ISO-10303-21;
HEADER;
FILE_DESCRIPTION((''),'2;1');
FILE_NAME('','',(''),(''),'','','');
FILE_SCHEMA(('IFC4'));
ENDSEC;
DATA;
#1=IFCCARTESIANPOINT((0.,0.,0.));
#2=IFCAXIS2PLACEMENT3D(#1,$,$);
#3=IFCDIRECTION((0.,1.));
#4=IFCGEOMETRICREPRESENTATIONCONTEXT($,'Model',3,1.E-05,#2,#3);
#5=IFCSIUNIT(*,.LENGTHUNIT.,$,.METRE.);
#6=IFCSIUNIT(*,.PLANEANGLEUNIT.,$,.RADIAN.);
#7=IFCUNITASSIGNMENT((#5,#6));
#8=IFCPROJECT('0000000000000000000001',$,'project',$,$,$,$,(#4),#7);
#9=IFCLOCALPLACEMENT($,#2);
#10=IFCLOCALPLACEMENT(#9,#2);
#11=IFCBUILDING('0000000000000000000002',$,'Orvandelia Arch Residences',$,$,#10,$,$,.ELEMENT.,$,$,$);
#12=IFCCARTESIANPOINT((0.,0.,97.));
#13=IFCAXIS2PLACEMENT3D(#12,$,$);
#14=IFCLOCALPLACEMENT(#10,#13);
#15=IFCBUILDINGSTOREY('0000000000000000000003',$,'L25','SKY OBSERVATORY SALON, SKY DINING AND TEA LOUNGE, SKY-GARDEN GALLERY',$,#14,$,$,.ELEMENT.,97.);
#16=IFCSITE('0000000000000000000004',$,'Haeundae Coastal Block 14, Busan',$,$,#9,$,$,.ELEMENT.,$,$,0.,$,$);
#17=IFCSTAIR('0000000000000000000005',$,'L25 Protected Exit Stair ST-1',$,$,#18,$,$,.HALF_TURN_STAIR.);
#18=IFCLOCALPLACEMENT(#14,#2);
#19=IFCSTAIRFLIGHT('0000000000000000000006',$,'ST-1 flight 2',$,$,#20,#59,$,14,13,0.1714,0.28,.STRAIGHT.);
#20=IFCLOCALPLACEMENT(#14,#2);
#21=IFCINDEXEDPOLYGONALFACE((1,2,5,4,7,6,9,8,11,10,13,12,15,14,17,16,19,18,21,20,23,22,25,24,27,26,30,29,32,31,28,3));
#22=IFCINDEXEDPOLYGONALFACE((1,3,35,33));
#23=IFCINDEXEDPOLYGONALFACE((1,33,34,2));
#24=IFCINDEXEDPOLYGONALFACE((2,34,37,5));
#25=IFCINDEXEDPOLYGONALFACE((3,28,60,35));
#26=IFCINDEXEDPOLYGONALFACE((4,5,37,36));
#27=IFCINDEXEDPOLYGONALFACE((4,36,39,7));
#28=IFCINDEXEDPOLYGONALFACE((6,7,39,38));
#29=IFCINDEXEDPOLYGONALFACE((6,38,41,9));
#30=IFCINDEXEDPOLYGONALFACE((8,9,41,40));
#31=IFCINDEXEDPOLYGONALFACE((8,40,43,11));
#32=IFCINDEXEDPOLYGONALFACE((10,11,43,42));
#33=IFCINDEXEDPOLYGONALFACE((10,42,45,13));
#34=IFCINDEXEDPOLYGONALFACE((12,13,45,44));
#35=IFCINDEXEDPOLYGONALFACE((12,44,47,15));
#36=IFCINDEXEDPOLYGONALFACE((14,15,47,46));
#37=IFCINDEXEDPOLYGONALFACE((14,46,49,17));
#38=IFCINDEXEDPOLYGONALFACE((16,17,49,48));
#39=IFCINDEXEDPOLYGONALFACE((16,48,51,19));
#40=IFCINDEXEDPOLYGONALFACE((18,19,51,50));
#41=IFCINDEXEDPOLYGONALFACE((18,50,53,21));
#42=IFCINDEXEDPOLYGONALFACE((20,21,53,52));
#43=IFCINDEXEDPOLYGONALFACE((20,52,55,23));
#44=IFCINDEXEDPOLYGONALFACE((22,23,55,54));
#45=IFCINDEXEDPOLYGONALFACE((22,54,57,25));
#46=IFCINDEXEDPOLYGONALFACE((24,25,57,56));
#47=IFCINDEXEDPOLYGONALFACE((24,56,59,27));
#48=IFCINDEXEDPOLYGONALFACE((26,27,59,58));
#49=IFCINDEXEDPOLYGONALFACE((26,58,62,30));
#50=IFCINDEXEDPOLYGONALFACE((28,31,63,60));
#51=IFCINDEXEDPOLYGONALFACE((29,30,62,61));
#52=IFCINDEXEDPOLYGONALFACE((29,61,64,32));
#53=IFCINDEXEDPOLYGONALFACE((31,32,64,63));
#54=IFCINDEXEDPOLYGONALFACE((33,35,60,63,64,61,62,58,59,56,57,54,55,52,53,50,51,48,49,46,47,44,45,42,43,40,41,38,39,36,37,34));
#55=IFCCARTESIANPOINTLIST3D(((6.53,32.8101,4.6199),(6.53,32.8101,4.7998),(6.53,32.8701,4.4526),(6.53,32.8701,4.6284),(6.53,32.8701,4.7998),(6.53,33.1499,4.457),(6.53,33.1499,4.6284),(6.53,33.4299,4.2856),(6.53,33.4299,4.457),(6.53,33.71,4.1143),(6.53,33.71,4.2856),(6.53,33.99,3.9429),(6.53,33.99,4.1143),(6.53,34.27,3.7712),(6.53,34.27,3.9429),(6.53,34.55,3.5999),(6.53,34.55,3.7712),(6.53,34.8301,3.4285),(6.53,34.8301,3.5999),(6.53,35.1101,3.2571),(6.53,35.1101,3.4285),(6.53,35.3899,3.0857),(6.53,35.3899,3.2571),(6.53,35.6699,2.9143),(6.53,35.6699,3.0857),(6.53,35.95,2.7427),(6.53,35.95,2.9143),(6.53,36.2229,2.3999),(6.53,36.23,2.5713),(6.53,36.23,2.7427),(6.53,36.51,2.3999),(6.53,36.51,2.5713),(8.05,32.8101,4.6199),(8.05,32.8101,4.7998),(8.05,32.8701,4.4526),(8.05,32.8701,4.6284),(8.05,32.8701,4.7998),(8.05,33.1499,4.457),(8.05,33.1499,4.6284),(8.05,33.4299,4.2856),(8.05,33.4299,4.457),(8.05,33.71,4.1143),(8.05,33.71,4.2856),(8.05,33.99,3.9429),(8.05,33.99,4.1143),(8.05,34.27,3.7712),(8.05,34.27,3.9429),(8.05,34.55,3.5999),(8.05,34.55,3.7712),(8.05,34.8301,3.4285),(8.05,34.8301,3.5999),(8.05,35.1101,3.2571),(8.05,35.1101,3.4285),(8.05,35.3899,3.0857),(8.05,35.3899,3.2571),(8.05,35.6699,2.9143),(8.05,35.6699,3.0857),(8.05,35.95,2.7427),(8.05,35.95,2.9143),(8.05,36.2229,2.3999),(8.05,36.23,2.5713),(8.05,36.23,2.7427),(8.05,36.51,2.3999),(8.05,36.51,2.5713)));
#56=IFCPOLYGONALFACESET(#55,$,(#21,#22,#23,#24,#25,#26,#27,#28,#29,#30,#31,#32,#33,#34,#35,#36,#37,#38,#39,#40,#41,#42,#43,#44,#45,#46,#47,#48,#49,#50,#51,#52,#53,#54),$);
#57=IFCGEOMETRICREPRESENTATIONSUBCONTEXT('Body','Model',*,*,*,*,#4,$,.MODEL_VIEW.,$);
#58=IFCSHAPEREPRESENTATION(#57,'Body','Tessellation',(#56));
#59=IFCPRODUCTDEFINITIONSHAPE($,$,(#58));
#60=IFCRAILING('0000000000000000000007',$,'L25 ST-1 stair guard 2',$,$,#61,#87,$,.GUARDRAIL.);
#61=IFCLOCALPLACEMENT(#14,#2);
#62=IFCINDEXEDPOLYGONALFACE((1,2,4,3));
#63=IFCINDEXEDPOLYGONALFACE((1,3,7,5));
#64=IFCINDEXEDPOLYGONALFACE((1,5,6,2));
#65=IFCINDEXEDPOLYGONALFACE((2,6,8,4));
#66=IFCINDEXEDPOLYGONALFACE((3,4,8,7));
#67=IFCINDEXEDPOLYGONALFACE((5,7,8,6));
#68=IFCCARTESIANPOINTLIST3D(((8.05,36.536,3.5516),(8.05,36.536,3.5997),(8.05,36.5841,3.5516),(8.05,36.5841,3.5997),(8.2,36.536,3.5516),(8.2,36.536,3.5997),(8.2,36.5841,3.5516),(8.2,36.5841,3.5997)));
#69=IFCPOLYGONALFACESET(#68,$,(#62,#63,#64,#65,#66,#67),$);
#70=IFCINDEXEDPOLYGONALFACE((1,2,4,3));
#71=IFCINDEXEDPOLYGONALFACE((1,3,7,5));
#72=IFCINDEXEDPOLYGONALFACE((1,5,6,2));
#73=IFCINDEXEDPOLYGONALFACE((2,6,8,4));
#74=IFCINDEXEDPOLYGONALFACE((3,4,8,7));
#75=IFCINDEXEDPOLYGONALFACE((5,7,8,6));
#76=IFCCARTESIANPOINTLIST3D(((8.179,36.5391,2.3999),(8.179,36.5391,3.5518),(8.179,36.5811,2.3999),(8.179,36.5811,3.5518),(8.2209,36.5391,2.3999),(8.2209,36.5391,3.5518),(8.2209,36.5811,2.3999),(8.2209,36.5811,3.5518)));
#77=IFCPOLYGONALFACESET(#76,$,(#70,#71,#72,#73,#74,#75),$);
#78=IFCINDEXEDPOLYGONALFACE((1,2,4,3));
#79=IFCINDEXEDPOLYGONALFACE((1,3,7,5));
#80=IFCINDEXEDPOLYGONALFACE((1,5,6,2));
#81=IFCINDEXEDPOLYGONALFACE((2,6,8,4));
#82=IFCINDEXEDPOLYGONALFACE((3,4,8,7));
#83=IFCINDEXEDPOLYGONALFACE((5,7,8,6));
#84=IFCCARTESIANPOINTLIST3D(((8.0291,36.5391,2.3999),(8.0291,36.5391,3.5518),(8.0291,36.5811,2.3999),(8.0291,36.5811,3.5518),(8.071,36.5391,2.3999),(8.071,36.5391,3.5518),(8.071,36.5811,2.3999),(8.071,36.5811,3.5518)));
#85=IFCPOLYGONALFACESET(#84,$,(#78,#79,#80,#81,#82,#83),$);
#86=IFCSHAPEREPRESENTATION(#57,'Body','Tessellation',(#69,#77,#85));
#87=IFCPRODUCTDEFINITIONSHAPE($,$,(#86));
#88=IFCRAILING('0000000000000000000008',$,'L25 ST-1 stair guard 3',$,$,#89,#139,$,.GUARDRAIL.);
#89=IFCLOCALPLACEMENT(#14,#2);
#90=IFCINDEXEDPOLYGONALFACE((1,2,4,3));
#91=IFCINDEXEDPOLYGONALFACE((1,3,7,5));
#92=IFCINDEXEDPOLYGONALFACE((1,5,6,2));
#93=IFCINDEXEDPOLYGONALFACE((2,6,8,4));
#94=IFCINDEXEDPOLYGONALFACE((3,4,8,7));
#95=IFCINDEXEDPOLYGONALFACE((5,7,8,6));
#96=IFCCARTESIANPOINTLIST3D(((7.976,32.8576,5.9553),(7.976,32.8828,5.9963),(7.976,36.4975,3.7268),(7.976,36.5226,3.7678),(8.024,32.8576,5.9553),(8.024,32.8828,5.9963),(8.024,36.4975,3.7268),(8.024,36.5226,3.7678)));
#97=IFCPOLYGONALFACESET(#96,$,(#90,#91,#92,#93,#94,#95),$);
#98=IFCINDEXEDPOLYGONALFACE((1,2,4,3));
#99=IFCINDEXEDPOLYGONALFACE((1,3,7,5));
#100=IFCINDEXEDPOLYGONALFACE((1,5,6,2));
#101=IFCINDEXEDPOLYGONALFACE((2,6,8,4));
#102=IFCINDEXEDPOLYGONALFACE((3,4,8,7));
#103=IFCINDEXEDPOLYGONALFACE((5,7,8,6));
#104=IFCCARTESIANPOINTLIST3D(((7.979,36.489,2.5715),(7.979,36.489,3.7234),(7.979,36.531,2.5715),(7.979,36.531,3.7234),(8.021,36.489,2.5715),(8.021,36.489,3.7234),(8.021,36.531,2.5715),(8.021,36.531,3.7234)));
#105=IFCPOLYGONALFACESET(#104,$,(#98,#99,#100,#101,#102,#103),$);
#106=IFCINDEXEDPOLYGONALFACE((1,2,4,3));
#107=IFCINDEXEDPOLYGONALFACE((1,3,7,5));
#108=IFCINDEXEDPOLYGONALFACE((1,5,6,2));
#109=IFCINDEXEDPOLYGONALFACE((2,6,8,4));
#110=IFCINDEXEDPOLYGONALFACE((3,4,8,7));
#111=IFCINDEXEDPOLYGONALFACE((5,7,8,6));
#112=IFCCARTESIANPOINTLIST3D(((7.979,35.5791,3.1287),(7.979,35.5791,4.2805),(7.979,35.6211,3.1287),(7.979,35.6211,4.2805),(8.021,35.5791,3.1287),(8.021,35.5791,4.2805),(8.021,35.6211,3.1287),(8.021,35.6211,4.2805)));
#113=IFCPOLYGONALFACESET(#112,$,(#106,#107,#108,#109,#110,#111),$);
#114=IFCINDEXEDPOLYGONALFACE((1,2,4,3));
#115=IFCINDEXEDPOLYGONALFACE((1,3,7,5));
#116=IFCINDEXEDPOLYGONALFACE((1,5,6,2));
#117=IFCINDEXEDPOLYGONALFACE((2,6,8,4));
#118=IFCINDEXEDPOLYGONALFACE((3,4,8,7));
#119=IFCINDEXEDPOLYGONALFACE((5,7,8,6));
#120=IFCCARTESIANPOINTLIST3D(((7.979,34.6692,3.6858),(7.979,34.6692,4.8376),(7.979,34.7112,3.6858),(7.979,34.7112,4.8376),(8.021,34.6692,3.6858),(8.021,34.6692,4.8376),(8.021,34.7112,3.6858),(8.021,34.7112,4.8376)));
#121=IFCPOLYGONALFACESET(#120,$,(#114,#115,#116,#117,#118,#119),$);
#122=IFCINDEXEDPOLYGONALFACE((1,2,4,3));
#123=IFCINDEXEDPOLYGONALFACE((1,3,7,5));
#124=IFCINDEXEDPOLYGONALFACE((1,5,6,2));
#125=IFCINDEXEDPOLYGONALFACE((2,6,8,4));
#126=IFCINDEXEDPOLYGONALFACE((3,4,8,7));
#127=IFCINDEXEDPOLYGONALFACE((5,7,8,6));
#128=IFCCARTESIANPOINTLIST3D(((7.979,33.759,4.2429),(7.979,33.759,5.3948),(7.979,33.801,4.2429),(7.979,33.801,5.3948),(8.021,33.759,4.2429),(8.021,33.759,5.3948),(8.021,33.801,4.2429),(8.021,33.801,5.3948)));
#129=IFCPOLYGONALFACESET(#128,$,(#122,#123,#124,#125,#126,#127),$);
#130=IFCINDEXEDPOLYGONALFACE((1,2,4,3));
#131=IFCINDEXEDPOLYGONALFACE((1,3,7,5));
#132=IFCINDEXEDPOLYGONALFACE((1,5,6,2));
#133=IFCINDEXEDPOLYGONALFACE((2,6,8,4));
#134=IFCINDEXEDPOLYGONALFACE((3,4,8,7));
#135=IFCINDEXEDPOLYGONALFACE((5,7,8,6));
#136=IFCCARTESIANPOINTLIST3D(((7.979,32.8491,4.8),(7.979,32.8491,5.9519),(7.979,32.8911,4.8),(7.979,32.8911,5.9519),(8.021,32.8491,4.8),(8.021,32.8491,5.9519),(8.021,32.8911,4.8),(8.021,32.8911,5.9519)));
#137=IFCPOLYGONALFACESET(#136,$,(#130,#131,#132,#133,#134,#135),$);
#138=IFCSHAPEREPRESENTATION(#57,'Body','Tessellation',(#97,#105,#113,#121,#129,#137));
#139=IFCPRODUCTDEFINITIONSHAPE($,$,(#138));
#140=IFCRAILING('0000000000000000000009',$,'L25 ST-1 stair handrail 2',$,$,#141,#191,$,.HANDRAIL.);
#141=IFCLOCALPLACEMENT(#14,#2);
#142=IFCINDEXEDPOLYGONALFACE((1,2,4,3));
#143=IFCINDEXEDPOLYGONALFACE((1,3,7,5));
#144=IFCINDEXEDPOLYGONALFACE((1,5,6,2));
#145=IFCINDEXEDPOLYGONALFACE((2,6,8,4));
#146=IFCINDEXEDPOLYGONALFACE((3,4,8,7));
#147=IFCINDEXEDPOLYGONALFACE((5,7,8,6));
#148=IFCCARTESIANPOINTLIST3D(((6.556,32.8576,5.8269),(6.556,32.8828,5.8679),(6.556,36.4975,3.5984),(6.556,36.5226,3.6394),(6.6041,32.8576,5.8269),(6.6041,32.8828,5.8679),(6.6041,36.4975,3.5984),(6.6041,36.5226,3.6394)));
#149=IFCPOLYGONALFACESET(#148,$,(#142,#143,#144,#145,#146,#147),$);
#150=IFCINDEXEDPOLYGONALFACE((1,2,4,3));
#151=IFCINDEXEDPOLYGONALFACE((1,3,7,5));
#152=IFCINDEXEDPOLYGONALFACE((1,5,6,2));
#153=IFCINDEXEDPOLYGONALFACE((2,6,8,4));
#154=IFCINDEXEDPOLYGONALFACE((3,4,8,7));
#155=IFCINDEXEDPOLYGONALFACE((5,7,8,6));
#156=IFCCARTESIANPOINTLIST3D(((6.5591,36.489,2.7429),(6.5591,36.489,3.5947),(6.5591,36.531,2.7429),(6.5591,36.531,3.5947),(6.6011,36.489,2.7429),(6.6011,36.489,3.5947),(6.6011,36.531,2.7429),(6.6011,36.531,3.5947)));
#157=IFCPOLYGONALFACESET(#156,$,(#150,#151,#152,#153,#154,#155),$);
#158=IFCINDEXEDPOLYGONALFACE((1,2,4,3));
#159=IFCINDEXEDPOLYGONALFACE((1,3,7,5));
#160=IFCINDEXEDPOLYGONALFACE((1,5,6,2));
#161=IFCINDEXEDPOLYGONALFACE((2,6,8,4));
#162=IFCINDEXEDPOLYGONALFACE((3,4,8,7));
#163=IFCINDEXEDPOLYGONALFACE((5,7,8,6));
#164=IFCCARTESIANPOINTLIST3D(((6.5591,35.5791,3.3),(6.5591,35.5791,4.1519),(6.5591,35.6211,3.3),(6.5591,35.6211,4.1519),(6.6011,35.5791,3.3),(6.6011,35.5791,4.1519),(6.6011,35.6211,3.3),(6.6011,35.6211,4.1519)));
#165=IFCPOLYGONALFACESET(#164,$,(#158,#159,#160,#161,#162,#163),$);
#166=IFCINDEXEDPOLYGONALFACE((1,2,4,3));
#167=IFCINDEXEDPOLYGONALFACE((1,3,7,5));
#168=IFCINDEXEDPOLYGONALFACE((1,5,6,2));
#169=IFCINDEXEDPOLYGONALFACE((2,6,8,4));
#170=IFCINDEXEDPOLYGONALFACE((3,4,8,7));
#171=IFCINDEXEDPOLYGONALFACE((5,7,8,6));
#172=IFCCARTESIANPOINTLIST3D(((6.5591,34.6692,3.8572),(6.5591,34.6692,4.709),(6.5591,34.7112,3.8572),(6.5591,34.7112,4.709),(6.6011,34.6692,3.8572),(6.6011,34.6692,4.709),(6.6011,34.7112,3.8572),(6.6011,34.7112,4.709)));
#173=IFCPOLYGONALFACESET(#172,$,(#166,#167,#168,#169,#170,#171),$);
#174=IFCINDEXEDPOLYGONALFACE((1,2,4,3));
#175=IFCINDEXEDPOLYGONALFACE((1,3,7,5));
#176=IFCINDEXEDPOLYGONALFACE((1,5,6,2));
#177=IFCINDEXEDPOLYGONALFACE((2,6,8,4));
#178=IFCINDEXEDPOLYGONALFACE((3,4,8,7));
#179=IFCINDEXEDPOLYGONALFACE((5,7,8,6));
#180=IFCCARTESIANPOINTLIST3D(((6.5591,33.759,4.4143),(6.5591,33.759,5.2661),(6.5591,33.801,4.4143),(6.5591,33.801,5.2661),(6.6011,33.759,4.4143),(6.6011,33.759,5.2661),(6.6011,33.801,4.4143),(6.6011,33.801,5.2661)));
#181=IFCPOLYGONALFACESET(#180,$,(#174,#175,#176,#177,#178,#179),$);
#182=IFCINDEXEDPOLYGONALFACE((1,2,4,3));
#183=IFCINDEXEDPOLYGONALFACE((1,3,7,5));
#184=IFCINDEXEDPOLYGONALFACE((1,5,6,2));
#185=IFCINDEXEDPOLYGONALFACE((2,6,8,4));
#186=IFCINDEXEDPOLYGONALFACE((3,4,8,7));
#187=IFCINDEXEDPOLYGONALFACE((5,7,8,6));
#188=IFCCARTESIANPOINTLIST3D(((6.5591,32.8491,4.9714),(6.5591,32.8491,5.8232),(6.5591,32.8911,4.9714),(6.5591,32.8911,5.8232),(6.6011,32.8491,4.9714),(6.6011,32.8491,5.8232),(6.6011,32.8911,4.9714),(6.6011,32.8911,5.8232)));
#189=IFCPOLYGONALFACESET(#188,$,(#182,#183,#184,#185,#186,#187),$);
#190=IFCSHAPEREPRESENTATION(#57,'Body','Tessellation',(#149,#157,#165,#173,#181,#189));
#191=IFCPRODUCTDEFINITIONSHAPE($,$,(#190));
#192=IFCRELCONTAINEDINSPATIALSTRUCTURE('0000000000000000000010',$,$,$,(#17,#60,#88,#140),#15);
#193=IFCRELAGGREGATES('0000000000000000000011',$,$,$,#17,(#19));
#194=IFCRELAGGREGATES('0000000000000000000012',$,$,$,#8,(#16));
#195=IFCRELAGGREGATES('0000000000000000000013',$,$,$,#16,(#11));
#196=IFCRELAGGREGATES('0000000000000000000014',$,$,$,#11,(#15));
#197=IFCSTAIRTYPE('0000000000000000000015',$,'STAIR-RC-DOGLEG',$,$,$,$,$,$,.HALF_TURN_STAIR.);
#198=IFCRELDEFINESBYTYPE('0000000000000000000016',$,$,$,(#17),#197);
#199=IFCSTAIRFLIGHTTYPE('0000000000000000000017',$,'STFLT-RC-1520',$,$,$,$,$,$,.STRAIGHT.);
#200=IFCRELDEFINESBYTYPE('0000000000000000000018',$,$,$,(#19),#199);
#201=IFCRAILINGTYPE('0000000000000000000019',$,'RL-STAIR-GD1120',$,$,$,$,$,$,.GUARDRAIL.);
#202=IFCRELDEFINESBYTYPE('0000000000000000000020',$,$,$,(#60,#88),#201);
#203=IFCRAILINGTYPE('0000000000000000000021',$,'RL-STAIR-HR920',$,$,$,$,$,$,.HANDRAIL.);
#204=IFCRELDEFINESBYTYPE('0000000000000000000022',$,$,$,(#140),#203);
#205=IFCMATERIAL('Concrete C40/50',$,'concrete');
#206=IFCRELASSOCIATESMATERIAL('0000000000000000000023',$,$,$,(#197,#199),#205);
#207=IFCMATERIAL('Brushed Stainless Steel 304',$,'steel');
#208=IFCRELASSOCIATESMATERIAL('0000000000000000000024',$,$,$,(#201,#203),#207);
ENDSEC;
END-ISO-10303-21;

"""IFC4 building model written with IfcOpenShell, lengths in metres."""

from ifc_helpers import new_model, si_unit, direction, frame, origin, origin_2d, place, context, subcontext, project, spatial, polyline, rectangle, outline, extrude, material, type_object, element, aggregate, save


model = new_model("IFC4")

# Units and contexts
model_context = context("Model", 3, precision=1e-05, world=origin(), true_north=direction((0.0, 1.0)))
body_context = subcontext(model_context, "Body", "Model", "MODEL_VIEW")
ifc_project = project(units=[si_unit("LENGTHUNIT", "METRE"), si_unit("PLANEANGLEUNIT", "RADIAN")], contexts=[model_context])

# Site, building, storey
site_placement = place(None, origin())
site = spatial("IfcSite", under=ifc_project, at=site_placement, Name="Haeundae Coastal Block 14, Busan", CompositionType="ELEMENT", RefElevation=0.0)
building_placement = place(site_placement, origin())
building = spatial("IfcBuilding", under=site, at=building_placement, Name="Orvandelia Arch Residences", CompositionType="ELEMENT")
storey_placement = place(building_placement, frame((0.0, 0.0, 97.0)))
storey = spatial("IfcBuildingStorey", under=building, at=storey_placement, Name="L25", Description="SKY OBSERVATORY SALON, SKY DINING AND TEA LOUNGE, SKY-GARDEN GALLERY", CompositionType="ELEMENT", Elevation=97.0)

# Stair, stair flight
ifc_material_1 = material(Name="Concrete C40/50", Category="concrete")
stair_type = type_object("IfcStairType", Name="STAIR-RC-DOGLEG", PredefinedType="HALF_TURN_STAIR", material=ifc_material_1)
stair_placement = place(storey_placement, origin())
stair = element("IfcStair", 1, at=stair_placement, inside=storey, type_object=stair_type, Name="L25 Protected Exit Stair ST-1", PredefinedType="HALF_TURN_STAIR")
stair_flight_type = type_object("IfcStairFlightType", Name="STFLT-RC-1520", PredefinedType="STRAIGHT", material=ifc_material_1)
stair_flight_placement = place(storey_placement, frame((7.29, 36.51, 2.3999), z_axis=(0.0, 0.0, 1.0), x_axis=(0.0, -1.0, 0.0)))
stair_flight = element("IfcStairFlight", 2, at=stair_flight_placement, type_object=stair_flight_type, Name="ST-1 flight 2", NumberOfRisers=14, NumberOfTreads=13, PredefinedType="STRAIGHT", RiserHeight=0.1714, TreadLength=0.28, context=body_context, shape_type="SweptSolid", body=[
    extrude(outline(polyline([(0.0, 0.0), (0.0, 0.1714), (0.28, 0.1714), (0.28, 0.3428), (0.5601, 0.3428), (0.5601, 0.5144), (0.8401, 0.5144), (0.8401, 0.6858), (1.1201, 0.6858), (1.1201, 0.8572), (1.3999, 0.8572), (1.3999, 1.0286), (1.6799, 1.0286), (1.6799, 1.2), (1.96, 1.2), (1.96, 1.3713), (2.24, 1.3713), (2.24, 1.543), (2.52, 1.543), (2.52, 1.7144), (2.8, 1.7144), (2.8, 1.8857), (3.0801, 1.8857), (3.0801, 2.0571), (3.3601, 2.0571), (3.3601, 2.2285), (3.6399, 2.2285), (3.6399, 2.3999), (3.7, 2.3999), (3.7, 2.22), (3.6399, 2.0527), (0.2871, 0.0), (0.0, 0.0)])), frame((0.0, 0.76, 0.0), z_axis=(0.0, -1.0, 0.0), x_axis=(1.0, 0.0, 0.0)), (0.0, 0.0, 1.0), 1.52),
])
aggregate(stair, [stair_flight])

# Railings
ifc_material_2 = material(Name="Brushed Stainless Steel 304", Category="steel")
railing_type_1 = type_object("IfcRailingType", Name="RL-STAIR-GD1120", PredefinedType="GUARDRAIL", material=ifc_material_2)
railing_1_placement = place(storey_placement, frame((8.2, 36.5601, 2.3999)))
element("IfcRailing", 3, at=railing_1_placement, inside=storey, type_object=railing_type_1, Name="L25 ST-1 stair guard 2", PredefinedType="GUARDRAIL", context=body_context, shape_type="SweptSolid", body=[
    extrude(rectangle(XDim=0.0481, YDim=0.0481, at=origin_2d()), frame((0.0, 0.0, 1.1758), z_axis=(-1.0, 0.0, 0.0), x_axis=(0.0, -1.0, 0.0)), (0.0, 0.0, 1.0), 0.1499),
    extrude(rectangle(XDim=0.042, YDim=0.042, at=origin_2d()), origin(), (0.0, 0.0, 1.0), 1.1519),
    extrude(rectangle(XDim=0.042, YDim=0.042, at=origin_2d()), frame((-0.1499, 0.0, 0.0)), (0.0, 0.0, 1.0), 1.1519),
])
railing_2_placement = place(storey_placement, frame((8.0, 36.51, 2.5715)))
element("IfcRailing", 4, at=railing_2_placement, inside=storey, type_object=railing_type_1, Name="L25 ST-1 stair guard 3", PredefinedType="GUARDRAIL", context=body_context, shape_type="SweptSolid", body=[
    extrude(rectangle(XDim=0.0481, YDim=0.0481, at=origin_2d()), frame((0.0, 0.0, 1.1758), z_axis=(0.0, -0.85285, 0.522156), x_axis=(1.0, 0.0, 0.0)), (0.0, 0.0, 1.0), 4.2678),
    extrude(rectangle(XDim=0.042, YDim=0.042, at=origin_2d()), origin(), (0.0, 0.0, 1.0), 1.1519),
    extrude(rectangle(XDim=0.042, YDim=0.042, at=origin_2d()), frame((0.0, -0.9099, 0.5571)), (0.0, 0.0, 1.0), 1.1519),
    extrude(rectangle(XDim=0.042, YDim=0.042, at=origin_2d()), frame((0.0, -1.8198, 1.1143)), (0.0, 0.0, 1.0), 1.1519),
    extrude(rectangle(XDim=0.042, YDim=0.042, at=origin_2d()), frame((0.0, -2.73, 1.6714)), (0.0, 0.0, 1.0), 1.1519),
    extrude(rectangle(XDim=0.042, YDim=0.042, at=origin_2d()), frame((0.0, -3.6399, 2.2285)), (0.0, 0.0, 1.0), 1.1519),
])
railing_type_2 = type_object("IfcRailingType", Name="RL-STAIR-HR920", PredefinedType="HANDRAIL", material=ifc_material_2)
railing_3_placement = place(storey_placement, frame((6.5801, 36.51, 2.7429)))
element("IfcRailing", 5, at=railing_3_placement, inside=storey, type_object=railing_type_2, Name="L25 ST-1 stair handrail 2", PredefinedType="HANDRAIL", context=body_context, shape_type="SweptSolid", body=[
    extrude(rectangle(XDim=0.0481, YDim=0.0481, at=origin_2d()), frame((0.0, 0.0, 0.876), z_axis=(0.0, -0.85285, 0.522156), x_axis=(1.0, 0.0, 0.0)), (0.0, 0.0, 1.0), 4.2678),
    extrude(rectangle(XDim=0.042, YDim=0.042, at=origin_2d()), origin(), (0.0, 0.0, 1.0), 0.8518),
    extrude(rectangle(XDim=0.042, YDim=0.042, at=origin_2d()), frame((0.0, -0.9099, 0.5571)), (0.0, 0.0, 1.0), 0.8518),
    extrude(rectangle(XDim=0.042, YDim=0.042, at=origin_2d()), frame((0.0, -1.8198, 1.1143)), (0.0, 0.0, 1.0), 0.8518),
    extrude(rectangle(XDim=0.042, YDim=0.042, at=origin_2d()), frame((0.0, -2.73, 1.6714)), (0.0, 0.0, 1.0), 0.8518),
    extrude(rectangle(XDim=0.042, YDim=0.042, at=origin_2d()), frame((0.0, -3.6399, 2.2285)), (0.0, 0.0, 1.0), 0.8518),
])

save(model, "model.ifc")
